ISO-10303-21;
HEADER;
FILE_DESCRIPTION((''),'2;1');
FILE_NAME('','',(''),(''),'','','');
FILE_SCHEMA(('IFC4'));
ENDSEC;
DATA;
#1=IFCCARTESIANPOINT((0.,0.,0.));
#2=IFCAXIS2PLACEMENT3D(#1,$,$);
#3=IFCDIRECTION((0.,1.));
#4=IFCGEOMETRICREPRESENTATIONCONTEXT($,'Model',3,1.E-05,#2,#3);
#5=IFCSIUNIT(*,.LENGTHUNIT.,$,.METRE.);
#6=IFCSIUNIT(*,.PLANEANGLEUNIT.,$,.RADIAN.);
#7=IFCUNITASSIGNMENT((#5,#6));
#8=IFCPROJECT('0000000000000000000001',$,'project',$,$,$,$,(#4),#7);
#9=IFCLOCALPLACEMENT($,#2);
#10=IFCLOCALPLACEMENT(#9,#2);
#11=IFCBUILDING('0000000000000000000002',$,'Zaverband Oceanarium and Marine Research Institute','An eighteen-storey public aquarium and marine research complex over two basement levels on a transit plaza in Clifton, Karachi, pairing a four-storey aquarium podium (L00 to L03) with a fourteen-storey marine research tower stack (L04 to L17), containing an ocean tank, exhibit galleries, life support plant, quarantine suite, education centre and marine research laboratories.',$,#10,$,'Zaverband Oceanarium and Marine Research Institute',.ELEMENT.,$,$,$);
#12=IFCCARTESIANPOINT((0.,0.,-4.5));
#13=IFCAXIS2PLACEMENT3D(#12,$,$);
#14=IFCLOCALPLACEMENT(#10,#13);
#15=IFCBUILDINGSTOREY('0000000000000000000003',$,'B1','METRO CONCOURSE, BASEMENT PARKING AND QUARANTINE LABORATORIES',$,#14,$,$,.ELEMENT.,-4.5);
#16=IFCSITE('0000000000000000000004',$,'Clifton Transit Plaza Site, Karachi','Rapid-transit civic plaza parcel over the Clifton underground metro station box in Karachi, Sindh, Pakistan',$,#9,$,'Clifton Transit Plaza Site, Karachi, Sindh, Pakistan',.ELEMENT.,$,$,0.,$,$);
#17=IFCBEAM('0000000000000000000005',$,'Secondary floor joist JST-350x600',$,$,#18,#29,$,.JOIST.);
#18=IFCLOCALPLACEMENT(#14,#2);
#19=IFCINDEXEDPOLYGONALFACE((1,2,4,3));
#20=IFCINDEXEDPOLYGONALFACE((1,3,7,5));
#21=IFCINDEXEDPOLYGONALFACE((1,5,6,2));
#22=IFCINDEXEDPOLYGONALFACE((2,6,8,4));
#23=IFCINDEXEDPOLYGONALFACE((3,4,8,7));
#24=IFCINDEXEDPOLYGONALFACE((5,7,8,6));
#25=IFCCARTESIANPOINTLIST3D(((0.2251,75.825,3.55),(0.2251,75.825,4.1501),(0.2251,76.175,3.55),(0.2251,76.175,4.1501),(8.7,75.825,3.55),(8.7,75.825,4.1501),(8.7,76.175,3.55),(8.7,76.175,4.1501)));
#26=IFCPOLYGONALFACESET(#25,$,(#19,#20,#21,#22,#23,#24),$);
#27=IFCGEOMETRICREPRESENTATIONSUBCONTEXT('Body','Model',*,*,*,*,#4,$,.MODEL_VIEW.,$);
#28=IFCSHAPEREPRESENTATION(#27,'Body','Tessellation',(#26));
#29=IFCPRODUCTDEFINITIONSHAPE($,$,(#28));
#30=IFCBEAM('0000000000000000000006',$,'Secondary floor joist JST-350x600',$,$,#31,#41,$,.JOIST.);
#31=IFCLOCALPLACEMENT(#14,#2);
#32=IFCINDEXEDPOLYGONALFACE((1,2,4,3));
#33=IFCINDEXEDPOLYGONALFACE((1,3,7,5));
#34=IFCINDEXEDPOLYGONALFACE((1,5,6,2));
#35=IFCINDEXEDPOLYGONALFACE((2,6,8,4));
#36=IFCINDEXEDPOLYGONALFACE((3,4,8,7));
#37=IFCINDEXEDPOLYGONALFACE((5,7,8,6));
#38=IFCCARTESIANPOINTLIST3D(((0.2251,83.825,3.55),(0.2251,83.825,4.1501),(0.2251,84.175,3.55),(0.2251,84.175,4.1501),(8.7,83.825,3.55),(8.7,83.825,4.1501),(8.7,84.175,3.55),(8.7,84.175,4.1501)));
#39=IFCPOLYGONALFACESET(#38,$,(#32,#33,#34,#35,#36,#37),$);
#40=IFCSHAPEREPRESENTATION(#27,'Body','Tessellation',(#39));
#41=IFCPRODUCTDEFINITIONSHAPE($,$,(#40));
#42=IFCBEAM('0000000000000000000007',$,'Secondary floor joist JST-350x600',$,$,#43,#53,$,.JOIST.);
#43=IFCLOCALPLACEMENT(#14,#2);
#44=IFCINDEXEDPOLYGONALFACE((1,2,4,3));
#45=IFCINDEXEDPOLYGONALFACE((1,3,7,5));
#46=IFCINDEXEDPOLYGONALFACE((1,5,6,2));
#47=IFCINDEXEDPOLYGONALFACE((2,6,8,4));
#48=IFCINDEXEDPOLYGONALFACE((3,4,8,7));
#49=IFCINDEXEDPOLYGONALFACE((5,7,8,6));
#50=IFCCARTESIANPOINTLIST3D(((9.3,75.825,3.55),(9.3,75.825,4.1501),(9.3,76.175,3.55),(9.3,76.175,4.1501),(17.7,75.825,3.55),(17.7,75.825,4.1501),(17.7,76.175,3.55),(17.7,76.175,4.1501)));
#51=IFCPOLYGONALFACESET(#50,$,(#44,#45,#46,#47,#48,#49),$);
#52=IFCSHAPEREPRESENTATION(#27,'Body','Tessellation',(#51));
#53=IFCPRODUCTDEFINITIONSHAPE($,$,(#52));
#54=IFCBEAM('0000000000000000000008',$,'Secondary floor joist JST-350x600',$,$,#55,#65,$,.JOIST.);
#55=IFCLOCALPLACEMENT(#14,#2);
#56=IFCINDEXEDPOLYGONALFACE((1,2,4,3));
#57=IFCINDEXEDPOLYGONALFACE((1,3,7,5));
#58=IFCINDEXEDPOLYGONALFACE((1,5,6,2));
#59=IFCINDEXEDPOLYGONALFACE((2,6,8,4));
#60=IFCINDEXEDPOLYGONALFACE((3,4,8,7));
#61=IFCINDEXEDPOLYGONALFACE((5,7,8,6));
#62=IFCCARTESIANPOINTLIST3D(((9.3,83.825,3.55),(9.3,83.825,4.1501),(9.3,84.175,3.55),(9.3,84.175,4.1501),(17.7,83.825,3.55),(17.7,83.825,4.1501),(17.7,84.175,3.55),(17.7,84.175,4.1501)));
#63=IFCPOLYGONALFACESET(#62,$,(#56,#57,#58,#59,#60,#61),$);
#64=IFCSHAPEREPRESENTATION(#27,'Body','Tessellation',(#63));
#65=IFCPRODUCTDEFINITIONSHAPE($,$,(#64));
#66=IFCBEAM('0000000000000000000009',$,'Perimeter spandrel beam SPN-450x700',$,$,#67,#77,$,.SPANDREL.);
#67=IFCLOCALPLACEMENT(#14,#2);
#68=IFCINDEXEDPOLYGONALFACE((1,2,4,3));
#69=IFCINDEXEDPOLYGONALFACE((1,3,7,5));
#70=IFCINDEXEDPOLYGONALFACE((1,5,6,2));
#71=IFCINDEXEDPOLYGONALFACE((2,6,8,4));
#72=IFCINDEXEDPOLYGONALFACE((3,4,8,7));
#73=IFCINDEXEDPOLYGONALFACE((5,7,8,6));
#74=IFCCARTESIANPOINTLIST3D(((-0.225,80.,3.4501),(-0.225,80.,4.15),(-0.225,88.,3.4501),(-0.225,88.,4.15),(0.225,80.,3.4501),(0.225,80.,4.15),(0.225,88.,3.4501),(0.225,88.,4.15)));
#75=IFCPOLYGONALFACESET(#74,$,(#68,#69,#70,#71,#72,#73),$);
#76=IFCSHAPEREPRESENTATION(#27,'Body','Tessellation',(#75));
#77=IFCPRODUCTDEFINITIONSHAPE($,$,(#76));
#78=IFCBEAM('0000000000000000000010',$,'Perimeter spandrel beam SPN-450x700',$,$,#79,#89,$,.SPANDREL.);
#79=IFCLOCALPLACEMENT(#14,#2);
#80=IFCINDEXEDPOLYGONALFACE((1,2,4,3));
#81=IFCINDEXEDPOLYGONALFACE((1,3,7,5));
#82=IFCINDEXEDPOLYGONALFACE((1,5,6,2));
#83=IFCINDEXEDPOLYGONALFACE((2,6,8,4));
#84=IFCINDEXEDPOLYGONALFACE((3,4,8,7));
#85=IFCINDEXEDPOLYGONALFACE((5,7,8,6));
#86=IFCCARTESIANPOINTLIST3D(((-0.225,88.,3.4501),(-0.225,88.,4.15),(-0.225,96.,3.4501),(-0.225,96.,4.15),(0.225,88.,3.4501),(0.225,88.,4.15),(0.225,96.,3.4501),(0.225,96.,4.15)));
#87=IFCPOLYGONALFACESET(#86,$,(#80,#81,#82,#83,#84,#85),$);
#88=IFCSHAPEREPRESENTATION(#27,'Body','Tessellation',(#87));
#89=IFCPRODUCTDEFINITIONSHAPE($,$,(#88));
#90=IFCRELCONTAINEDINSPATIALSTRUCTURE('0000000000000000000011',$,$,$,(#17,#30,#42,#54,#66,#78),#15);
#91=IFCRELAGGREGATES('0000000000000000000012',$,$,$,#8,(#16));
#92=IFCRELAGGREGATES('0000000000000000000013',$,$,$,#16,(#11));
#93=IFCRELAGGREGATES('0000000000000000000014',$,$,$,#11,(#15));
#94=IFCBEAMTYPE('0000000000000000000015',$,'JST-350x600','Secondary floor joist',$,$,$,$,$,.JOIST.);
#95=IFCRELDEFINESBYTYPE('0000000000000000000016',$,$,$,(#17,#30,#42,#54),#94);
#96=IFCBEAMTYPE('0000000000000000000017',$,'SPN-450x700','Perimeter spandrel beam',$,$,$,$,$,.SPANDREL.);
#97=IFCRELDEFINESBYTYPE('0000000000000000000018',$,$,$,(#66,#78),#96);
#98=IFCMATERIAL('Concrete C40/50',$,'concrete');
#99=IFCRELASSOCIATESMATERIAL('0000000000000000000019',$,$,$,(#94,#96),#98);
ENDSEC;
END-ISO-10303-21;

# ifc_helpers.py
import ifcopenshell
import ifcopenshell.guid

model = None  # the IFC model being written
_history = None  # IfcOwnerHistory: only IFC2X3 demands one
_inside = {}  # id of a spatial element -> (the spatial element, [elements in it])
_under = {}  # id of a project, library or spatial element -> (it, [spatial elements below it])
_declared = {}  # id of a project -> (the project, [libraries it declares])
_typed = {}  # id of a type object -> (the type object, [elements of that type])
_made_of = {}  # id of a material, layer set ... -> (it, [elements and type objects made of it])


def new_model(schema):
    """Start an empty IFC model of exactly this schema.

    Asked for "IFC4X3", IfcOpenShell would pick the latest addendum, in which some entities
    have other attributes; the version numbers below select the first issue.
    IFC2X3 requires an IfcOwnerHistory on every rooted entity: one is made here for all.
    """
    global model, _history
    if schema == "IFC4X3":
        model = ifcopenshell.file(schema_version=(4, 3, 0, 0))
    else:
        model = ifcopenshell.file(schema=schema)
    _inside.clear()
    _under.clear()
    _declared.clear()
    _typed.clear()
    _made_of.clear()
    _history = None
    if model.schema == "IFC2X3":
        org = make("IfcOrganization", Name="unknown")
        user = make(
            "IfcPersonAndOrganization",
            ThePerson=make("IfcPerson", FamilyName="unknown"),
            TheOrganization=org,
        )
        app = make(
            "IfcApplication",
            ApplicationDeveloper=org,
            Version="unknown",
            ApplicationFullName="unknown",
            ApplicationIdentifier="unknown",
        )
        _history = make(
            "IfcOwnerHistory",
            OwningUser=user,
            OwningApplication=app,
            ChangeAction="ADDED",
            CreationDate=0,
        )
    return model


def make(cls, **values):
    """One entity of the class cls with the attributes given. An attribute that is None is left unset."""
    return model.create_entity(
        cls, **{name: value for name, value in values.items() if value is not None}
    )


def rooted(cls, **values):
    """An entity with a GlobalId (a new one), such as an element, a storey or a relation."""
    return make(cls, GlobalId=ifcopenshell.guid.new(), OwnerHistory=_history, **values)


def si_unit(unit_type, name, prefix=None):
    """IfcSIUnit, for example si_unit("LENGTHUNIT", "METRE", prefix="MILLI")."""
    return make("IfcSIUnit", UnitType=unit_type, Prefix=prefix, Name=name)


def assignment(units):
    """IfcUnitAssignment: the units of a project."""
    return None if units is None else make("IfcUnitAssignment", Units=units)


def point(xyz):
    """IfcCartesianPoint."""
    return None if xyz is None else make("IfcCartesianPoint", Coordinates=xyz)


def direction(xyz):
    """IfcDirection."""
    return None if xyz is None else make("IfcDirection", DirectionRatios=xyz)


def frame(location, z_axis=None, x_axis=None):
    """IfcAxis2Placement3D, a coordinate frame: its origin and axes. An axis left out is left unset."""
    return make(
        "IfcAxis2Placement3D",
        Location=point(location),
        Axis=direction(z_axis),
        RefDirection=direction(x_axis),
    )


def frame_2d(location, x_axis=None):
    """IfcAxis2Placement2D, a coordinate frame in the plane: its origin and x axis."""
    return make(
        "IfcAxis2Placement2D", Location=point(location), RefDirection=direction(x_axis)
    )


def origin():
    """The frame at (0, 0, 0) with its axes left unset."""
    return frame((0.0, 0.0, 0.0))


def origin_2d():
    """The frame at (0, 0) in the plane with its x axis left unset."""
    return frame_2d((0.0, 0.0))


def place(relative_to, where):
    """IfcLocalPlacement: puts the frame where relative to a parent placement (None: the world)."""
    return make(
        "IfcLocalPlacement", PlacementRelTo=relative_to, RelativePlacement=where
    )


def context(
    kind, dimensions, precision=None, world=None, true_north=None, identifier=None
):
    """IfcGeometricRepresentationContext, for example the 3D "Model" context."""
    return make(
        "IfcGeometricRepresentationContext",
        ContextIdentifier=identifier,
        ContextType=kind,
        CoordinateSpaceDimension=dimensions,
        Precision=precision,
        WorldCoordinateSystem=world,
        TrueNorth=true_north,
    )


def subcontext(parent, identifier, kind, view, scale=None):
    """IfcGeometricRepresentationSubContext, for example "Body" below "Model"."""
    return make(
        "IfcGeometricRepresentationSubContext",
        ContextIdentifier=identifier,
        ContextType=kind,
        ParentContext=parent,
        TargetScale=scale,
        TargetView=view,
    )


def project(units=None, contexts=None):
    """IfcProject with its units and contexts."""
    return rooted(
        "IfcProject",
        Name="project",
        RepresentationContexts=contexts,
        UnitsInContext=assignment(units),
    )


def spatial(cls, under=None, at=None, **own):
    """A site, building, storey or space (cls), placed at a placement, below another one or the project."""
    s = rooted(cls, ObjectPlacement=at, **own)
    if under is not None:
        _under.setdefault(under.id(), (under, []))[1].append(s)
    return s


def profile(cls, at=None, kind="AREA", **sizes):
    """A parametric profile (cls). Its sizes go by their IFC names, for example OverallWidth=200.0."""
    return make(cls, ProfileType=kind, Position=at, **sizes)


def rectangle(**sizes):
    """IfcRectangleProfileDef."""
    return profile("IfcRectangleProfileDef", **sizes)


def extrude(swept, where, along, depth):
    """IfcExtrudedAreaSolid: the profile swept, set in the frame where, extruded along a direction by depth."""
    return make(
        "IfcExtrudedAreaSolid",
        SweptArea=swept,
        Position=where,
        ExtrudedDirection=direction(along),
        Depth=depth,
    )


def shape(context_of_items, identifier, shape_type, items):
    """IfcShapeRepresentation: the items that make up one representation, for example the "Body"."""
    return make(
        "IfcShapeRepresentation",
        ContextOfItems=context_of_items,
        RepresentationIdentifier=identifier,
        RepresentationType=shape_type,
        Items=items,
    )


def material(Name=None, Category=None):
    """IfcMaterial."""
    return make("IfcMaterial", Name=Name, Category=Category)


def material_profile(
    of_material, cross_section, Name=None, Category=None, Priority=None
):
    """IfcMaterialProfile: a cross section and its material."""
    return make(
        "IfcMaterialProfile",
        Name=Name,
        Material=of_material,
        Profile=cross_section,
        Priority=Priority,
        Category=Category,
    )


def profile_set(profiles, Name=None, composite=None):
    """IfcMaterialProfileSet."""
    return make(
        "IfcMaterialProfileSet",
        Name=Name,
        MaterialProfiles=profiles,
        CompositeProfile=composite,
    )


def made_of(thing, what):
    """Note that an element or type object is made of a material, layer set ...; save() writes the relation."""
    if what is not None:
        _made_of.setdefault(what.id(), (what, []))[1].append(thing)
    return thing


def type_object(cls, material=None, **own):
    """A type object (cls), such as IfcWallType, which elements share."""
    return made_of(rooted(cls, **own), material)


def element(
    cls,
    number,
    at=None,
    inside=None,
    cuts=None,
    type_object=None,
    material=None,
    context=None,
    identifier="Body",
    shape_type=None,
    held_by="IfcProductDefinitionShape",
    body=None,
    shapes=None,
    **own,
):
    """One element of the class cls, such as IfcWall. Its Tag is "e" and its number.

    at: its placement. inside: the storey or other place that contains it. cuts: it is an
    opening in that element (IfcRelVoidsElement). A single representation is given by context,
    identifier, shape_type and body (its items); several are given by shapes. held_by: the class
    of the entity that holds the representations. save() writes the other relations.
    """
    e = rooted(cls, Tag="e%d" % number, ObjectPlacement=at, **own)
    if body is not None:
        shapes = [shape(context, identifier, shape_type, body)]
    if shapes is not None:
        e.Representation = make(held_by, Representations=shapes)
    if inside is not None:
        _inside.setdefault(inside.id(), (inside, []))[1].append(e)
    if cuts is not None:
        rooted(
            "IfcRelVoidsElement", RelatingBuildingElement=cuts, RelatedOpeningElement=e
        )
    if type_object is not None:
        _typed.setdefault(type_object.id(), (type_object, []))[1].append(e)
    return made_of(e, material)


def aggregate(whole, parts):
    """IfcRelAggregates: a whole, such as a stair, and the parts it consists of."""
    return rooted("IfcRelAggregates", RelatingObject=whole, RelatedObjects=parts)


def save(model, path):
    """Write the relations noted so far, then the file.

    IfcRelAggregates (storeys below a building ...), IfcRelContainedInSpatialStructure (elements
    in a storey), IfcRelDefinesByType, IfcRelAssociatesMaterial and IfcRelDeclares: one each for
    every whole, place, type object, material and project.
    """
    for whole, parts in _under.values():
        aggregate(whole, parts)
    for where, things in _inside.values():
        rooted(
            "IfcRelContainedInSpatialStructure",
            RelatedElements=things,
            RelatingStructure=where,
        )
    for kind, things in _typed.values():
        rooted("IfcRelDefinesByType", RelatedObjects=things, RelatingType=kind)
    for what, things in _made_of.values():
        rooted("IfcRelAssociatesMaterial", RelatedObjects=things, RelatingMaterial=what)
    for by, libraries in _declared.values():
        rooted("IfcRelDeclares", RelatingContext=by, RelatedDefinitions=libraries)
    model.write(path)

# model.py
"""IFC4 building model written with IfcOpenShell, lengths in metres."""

from ifc_helpers import new_model, si_unit, direction, frame, origin, origin_2d, place, context, subcontext, project, spatial, rectangle, extrude, material, material_profile, profile_set, type_object, element, save


model = new_model("IFC4")

# Units and contexts
model_context = context("Model", 3, precision=1e-05, world=origin(), true_north=direction((0.0, 1.0)))
body_context = subcontext(model_context, "Body", "Model", "MODEL_VIEW")
ifc_project = project(units=[si_unit("LENGTHUNIT", "METRE"), si_unit("PLANEANGLEUNIT", "RADIAN")], contexts=[model_context])

# Site, building, storey
site_placement = place(None, origin())
site = spatial("IfcSite", under=ifc_project, at=site_placement, Name="Clifton Transit Plaza Site, Karachi", Description="Rapid-transit civic plaza parcel over the Clifton underground metro station box in Karachi, Sindh, Pakistan", LongName="Clifton Transit Plaza Site, Karachi, Sindh, Pakistan", CompositionType="ELEMENT", RefElevation=0.0)
building_placement = place(site_placement, origin())
building = spatial("IfcBuilding", under=site, at=building_placement, Name="Zaverband Oceanarium and Marine Research Institute", Description="An eighteen-storey public aquarium and marine research complex over two basement levels on a transit plaza in Clifton, Karachi, pairing a four-storey aquarium podium (L00 to L03) with a fourteen-storey marine research tower stack (L04 to L17), containing an ocean tank, exhibit galleries, life support plant, quarantine suite, education centre and marine research laboratories.", LongName="Zaverband Oceanarium and Marine Research Institute", CompositionType="ELEMENT")
storey_placement = place(building_placement, frame((0.0, 0.0, -4.5)))
storey = spatial("IfcBuildingStorey", under=building, at=storey_placement, Name="B1", Description="METRO CONCOURSE, BASEMENT PARKING AND QUARANTINE LABORATORIES", CompositionType="ELEMENT", Elevation=-4.5)

# Shared definitions
ifc_material_1 = material(Name="Concrete C40/50", Category="concrete")

# Beams
ifc_material_profile_1 = material_profile(ifc_material_1, rectangle(XDim=0.3501, YDim=0.6001, at=origin_2d()), Name="RC350x600")
ifc_profile_set_1 = profile_set([ifc_material_profile_1], Name="Concrete C40/50")
beam_type_1 = type_object("IfcBeamType", Name="JST-350x600", Description="Secondary floor joist", PredefinedType="JOIST", material=ifc_profile_set_1)
for number, where, z_axis, x_axis, name in (
    (1, (0.2251, 76.0, 3.8501), (1.0, 0.0, 0.0), (0.0, 1.0, 0.0), "Secondary floor joist JST-350x600"),
    (2, (0.2251, 84.0, 3.8501), (1.0, 0.0, 0.0), (0.0, 1.0, 0.0), "Secondary floor joist JST-350x600"),
):
    element("IfcBeam", number, at=place(storey_placement, frame(where, z_axis=z_axis, x_axis=x_axis)), inside=storey, type_object=beam_type_1, Name=name, PredefinedType="JOIST", context=body_context, shape_type="SweptSolid", body=[
        extrude(rectangle(XDim=0.3501, YDim=0.6001, at=origin_2d()), origin(), (0.0, 0.0, 1.0), 8.4749),
    ])
for number, where, z_axis, x_axis, name in (
    (3, (9.3, 76.0, 3.8501), (1.0, 0.0, 0.0), (0.0, 1.0, 0.0), "Secondary floor joist JST-350x600"),
    (4, (9.3, 84.0, 3.8501), (1.0, 0.0, 0.0), (0.0, 1.0, 0.0), "Secondary floor joist JST-350x600"),
):
    element("IfcBeam", number, at=place(storey_placement, frame(where, z_axis=z_axis, x_axis=x_axis)), inside=storey, type_object=beam_type_1, Name=name, PredefinedType="JOIST", context=body_context, shape_type="SweptSolid", body=[
        extrude(rectangle(XDim=0.3501, YDim=0.6001, at=origin_2d()), origin(), (0.0, 0.0, 1.0), 8.3999),
    ])
ifc_material_profile_2 = material_profile(ifc_material_1, rectangle(XDim=0.45, YDim=0.7, at=origin_2d()), Name="RC450x700")
ifc_profile_set_2 = profile_set([ifc_material_profile_2], Name="Concrete C40/50")
beam_type_2 = type_object("IfcBeamType", Name="SPN-450x700", Description="Perimeter spandrel beam", PredefinedType="SPANDREL", material=ifc_profile_set_2)
for number, where, z_axis, x_axis, name in (
    (5, (0.0, 80.0, 3.8), (0.0, 1.0, 0.0), (-1.0, 0.0, 0.0), "Perimeter spandrel beam SPN-450x700"),
    (6, (0.0, 88.0, 3.8), (0.0, 1.0, 0.0), (-1.0, 0.0, 0.0), "Perimeter spandrel beam SPN-450x700"),
):
    element("IfcBeam", number, at=place(storey_placement, frame(where, z_axis=z_axis, x_axis=x_axis)), inside=storey, type_object=beam_type_2, Name=name, PredefinedType="SPANDREL", context=body_context, shape_type="SweptSolid", body=[
        extrude(rectangle(XDim=0.45, YDim=0.7, at=origin_2d()), origin(), (0.0, 0.0, 1.0), 8.0),
    ])

save(model, "model.ifc")
